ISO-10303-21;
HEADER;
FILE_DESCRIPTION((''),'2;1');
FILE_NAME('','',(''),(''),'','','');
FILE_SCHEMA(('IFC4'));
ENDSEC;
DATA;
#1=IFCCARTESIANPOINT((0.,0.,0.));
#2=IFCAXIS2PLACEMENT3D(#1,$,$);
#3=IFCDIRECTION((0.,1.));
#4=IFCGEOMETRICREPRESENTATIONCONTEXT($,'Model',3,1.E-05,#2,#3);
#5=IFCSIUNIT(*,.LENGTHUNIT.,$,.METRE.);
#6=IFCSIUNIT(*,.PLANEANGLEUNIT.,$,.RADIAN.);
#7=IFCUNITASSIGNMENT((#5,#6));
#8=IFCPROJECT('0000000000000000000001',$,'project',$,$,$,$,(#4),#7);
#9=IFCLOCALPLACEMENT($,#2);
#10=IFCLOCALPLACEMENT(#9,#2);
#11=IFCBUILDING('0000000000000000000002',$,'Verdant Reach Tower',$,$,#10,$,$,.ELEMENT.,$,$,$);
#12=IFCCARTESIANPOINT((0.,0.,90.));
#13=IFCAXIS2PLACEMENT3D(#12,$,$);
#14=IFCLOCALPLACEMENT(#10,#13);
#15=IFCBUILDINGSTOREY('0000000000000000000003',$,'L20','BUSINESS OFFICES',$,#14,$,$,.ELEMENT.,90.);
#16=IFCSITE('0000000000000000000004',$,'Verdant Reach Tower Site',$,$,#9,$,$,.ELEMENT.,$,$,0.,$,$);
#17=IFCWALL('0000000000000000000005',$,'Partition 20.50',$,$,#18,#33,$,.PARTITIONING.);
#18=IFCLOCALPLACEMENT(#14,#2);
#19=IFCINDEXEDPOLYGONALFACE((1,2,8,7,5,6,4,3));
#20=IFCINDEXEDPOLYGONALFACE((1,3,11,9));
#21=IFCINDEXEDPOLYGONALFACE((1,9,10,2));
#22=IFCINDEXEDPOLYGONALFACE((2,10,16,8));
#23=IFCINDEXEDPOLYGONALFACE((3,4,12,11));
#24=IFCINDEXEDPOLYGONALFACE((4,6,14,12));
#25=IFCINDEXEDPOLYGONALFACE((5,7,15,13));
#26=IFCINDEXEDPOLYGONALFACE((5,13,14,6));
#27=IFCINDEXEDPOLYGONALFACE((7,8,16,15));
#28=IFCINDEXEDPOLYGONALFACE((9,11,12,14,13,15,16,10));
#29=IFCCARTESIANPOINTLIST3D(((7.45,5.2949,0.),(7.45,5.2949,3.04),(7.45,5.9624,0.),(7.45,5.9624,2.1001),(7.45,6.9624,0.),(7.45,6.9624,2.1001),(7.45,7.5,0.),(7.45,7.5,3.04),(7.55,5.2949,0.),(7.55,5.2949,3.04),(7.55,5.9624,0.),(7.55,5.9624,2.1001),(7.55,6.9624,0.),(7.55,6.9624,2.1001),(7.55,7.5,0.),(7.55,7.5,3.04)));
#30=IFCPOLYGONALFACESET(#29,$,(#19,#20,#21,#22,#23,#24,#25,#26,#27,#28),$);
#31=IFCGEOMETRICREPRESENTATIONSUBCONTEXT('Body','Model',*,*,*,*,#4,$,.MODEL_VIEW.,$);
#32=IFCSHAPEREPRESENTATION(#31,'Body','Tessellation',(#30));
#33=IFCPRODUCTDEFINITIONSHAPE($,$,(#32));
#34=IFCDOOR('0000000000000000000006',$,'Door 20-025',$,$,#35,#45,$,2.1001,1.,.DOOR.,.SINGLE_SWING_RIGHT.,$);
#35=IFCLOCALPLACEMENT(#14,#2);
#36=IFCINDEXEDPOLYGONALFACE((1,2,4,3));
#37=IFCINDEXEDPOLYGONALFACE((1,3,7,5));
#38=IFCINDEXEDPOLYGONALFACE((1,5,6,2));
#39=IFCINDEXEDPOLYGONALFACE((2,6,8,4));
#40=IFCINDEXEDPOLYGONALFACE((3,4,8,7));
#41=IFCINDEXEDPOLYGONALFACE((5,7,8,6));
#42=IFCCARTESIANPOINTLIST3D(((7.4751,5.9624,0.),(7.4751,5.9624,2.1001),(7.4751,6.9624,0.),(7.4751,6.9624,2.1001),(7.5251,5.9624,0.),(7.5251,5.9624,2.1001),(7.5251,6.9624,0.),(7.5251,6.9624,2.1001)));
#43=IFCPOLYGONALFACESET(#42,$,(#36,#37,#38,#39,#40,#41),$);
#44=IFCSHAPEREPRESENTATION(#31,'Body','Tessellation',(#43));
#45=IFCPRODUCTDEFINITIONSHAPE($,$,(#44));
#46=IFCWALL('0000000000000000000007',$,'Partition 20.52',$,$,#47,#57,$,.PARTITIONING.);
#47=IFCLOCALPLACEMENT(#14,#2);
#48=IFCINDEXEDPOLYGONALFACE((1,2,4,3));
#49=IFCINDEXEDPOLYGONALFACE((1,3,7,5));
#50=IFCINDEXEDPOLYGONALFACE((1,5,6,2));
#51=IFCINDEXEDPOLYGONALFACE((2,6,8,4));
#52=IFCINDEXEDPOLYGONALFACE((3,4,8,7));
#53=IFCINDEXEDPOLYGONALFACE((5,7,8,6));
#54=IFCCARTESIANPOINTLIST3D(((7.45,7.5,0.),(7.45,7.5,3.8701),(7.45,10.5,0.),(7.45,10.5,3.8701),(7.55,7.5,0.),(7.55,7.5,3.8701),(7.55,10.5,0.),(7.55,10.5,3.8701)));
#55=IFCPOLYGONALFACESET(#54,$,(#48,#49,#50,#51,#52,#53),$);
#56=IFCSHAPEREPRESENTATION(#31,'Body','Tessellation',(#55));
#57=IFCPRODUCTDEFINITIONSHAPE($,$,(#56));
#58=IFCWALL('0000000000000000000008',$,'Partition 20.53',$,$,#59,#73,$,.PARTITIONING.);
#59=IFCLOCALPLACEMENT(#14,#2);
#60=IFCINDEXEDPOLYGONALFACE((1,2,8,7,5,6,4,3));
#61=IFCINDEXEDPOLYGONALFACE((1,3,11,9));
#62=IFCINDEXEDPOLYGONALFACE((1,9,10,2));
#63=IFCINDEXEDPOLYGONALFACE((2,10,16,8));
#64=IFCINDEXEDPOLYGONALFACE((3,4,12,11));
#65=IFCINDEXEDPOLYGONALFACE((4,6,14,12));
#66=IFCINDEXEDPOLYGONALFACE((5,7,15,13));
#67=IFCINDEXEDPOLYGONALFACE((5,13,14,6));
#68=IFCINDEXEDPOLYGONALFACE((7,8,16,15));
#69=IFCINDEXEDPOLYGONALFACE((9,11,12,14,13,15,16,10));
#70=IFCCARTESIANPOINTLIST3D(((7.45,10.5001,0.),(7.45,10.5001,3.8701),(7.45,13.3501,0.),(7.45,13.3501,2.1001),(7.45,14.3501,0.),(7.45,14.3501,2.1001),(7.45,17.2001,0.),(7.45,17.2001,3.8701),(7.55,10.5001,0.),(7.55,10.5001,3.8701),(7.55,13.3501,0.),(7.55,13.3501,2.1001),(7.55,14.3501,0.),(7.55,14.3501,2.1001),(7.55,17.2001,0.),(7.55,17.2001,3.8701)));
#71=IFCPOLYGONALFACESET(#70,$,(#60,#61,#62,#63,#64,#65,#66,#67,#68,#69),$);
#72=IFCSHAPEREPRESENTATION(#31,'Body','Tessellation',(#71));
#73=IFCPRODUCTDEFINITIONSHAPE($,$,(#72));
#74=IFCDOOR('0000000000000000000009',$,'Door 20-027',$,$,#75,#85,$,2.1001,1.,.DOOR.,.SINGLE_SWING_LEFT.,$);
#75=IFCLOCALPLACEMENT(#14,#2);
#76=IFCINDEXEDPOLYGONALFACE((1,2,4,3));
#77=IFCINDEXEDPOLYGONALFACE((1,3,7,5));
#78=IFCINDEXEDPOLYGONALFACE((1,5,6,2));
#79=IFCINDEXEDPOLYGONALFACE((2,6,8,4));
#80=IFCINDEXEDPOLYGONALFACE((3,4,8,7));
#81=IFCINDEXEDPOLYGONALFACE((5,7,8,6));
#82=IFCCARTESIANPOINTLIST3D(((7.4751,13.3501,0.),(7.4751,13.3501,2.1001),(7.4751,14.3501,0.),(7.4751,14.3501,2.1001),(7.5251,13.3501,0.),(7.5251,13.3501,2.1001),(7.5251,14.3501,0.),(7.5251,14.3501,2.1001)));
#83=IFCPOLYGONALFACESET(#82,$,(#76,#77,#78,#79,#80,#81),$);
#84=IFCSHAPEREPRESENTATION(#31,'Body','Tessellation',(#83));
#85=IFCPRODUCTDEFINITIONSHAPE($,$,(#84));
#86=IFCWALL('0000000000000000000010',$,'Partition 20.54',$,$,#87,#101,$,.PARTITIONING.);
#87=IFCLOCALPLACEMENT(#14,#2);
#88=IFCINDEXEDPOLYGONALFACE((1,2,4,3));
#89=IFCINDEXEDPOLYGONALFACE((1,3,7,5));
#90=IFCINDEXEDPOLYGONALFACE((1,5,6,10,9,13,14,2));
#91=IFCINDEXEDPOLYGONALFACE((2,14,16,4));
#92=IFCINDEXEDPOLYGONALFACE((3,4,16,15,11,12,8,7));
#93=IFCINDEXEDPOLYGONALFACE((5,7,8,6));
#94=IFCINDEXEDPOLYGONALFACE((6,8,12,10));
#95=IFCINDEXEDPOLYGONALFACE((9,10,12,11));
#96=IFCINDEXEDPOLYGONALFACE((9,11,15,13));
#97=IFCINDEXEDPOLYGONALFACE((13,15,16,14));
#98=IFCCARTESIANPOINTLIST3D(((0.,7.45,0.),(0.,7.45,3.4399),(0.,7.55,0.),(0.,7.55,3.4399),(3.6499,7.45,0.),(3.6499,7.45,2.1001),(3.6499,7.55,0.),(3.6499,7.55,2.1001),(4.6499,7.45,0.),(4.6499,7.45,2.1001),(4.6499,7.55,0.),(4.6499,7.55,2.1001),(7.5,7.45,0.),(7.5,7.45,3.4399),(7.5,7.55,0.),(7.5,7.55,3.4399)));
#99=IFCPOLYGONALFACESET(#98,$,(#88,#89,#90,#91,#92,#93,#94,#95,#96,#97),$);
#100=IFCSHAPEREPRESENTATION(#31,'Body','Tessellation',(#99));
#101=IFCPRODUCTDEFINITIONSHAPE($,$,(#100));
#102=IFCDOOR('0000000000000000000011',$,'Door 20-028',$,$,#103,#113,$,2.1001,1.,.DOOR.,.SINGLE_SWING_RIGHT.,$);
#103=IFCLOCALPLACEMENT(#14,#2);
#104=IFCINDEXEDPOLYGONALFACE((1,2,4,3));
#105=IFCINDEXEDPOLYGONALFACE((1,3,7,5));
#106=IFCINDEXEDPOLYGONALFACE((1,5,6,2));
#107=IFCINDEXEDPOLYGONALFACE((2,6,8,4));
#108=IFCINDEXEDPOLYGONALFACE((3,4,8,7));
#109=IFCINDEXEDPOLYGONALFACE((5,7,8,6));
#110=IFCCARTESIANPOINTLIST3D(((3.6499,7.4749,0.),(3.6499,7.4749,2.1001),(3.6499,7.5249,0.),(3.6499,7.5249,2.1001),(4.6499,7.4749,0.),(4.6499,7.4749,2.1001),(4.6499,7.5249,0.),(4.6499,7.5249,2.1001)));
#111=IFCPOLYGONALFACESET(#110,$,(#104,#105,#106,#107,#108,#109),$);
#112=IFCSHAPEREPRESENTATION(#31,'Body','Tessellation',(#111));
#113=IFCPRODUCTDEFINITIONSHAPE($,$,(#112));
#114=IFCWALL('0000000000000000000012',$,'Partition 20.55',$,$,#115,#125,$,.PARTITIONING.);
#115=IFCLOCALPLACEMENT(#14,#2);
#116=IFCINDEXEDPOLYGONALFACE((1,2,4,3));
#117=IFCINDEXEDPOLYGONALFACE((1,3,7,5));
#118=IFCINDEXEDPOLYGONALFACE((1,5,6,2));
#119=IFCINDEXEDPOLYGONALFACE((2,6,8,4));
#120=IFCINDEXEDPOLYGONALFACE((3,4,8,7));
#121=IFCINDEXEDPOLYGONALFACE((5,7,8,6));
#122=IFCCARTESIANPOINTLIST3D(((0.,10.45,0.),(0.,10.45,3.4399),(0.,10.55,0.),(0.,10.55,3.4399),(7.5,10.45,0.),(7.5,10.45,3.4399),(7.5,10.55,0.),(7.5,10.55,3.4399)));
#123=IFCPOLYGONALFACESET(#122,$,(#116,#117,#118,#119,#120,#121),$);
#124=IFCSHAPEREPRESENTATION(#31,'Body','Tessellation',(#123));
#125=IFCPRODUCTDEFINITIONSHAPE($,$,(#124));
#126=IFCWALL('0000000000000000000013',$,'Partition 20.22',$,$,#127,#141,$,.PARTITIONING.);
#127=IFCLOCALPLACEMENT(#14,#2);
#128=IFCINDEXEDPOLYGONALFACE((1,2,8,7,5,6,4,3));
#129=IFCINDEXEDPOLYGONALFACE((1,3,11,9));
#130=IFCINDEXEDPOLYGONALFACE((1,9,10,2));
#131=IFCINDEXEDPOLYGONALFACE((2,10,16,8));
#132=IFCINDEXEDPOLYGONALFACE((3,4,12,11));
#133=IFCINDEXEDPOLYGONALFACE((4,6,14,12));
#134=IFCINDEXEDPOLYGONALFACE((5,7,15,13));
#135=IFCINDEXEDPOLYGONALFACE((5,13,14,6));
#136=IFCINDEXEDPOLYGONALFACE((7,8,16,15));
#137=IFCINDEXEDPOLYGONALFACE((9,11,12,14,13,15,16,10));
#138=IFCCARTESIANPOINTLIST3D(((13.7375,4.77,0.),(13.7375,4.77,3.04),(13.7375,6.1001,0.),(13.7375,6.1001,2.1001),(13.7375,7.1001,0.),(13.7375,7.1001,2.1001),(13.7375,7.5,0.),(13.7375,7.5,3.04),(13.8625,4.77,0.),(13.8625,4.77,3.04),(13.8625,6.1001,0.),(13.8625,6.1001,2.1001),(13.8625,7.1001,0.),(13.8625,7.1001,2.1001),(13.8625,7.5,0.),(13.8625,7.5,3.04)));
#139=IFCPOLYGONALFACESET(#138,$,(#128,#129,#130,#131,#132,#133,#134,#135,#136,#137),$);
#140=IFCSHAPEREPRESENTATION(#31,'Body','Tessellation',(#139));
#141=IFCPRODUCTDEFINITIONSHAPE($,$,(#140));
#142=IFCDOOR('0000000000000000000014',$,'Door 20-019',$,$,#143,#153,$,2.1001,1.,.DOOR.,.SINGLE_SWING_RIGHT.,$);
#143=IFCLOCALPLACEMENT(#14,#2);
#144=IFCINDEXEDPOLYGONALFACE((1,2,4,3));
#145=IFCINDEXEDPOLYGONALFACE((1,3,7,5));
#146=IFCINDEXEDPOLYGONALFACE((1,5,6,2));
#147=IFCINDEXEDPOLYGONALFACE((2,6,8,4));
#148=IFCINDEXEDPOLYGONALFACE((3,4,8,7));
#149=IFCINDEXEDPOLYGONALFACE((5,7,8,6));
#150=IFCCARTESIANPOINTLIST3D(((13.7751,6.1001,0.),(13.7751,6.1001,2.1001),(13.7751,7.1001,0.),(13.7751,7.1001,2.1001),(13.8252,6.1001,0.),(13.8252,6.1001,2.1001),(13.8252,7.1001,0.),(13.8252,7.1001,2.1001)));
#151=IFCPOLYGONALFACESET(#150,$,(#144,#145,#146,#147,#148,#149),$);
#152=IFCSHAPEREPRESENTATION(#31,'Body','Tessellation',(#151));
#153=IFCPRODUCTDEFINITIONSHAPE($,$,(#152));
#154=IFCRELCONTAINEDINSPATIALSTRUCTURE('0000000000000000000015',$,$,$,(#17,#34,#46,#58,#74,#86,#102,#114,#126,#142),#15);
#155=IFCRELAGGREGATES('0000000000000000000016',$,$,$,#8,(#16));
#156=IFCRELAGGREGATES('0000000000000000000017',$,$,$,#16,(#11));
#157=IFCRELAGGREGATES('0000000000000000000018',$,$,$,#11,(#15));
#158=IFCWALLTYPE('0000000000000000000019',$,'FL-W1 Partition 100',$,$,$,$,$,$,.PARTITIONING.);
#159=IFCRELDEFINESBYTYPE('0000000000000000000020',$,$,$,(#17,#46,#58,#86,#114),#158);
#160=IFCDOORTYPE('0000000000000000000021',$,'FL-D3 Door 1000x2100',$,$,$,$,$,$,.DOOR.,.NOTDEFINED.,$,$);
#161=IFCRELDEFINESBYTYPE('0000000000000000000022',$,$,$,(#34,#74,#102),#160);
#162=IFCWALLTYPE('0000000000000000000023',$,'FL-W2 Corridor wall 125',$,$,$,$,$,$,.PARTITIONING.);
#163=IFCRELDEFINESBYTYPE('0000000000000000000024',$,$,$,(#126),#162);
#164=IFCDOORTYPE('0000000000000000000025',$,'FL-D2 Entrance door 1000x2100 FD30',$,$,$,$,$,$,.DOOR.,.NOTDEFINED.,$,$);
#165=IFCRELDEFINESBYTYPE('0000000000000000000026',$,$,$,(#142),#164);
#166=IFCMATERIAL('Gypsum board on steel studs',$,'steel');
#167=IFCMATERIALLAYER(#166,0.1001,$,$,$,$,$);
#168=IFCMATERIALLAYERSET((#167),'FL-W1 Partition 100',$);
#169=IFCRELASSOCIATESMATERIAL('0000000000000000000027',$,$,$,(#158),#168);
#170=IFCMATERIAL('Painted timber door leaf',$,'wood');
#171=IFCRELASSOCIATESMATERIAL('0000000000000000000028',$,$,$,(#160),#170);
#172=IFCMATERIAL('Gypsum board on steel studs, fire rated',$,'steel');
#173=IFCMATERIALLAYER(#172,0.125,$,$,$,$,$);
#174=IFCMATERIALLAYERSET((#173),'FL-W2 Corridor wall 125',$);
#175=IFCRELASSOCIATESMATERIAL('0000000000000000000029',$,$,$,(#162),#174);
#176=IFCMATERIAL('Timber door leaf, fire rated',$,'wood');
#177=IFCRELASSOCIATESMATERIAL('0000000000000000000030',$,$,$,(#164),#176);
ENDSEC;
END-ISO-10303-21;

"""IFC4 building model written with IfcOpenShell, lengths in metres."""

from ifc_helpers import new_model, si_unit, direction, frame, frame_2d, origin, place, context, subcontext, project, spatial, rectangle, extrude, material, layer, layer_set, type_object, element, fill, save


model = new_model("IFC4")

# Units and contexts
model_context = context("Model", 3, precision=1e-05, world=origin(), true_north=direction((0.0, 1.0)))
body_context = subcontext(model_context, "Body", "Model", "MODEL_VIEW")
ifc_project = project(units=[si_unit("LENGTHUNIT", "METRE"), si_unit("PLANEANGLEUNIT", "RADIAN")], contexts=[model_context])

# Site, building, storey
site_placement = place(None, origin())
site = spatial("IfcSite", under=ifc_project, at=site_placement, Name="Verdant Reach Tower Site", CompositionType="ELEMENT", RefElevation=0.0)
building_placement = place(site_placement, origin())
building = spatial("IfcBuilding", under=site, at=building_placement, Name="Verdant Reach Tower", CompositionType="ELEMENT")
storey_placement = place(building_placement, frame((0.0, 0.0, 90.0)))
storey = spatial("IfcBuildingStorey", under=building, at=storey_placement, Name="L20", Description="BUSINESS OFFICES", CompositionType="ELEMENT", Elevation=90.0)

# Shared definitions
ifc_material_1 = material(Name="Gypsum board on steel studs", Category="steel")
ifc_layer_1 = layer(ifc_material_1, 0.1001)
ifc_layer_set_1 = layer_set([ifc_layer_1], Name="FL-W1 Partition 100")
wall_type_1 = type_object("IfcWallType", Name="FL-W1 Partition 100", PredefinedType="PARTITIONING", material=ifc_layer_set_1)

# Wall, opening, door
wall_1_placement = place(storey_placement, frame((7.5, 5.2949, 0.0), z_axis=(0.0, 0.0, 1.0), x_axis=(0.0, 1.0, 0.0)))
wall_1 = element("IfcWall", 1, at=wall_1_placement, inside=storey, type_object=wall_type_1, Name="Partition 20.50", PredefinedType="PARTITIONING", context=body_context, shape_type="SweptSolid", body=[
    extrude(rectangle(XDim=2.2051, YDim=0.1001, at=frame_2d((1.1025, 0.0))), origin(), (0.0, 0.0, 1.0), 3.04),
])
opening_1_placement = place(wall_1_placement, frame((0.6675, 0.0, 0.0)))
opening_1 = element("IfcOpeningElement", 2, at=opening_1_placement, cuts=wall_1, PredefinedType="OPENING", context=body_context, shape_type="SweptSolid", body=[
    extrude(rectangle(XDim=1.0, YDim=2.1001, at=frame_2d((0.5, 1.05))), frame((0.0, 0.0601, 0.0), z_axis=(0.0, -1.0, 0.0), x_axis=(1.0, 0.0, 0.0)), (0.0, 0.0, 1.0), 0.1201),
])
ifc_material_2 = material(Name="Painted timber door leaf", Category="wood")
door_type_1 = type_object("IfcDoorType", Name="FL-D3 Door 1000x2100", OperationType="NOTDEFINED", PredefinedType="DOOR", material=ifc_material_2)
door_1_placement = place(opening_1_placement, origin())
door_1 = element("IfcDoor", 3, at=door_1_placement, inside=storey, type_object=door_type_1, Name="Door 20-025", OperationType="SINGLE_SWING_RIGHT", OverallHeight=2.1001, OverallWidth=1.0, PredefinedType="DOOR", context=body_context, shape_type="SweptSolid", body=[
    extrude(rectangle(XDim=1.0, YDim=2.1001, at=frame_2d((0.5, 1.05))), frame((0.0, 0.0249, 0.0), z_axis=(0.0, -1.0, 0.0), x_axis=(1.0, 0.0, 0.0)), (0.0, 0.0, 1.0), 0.05),
])
fill(opening_1, door_1)

# Wall
wall_2_placement = place(storey_placement, frame((7.5, 10.5, 0.0), z_axis=(0.0, 0.0, 1.0), x_axis=(0.0, -1.0, 0.0)))
element("IfcWall", 4, at=wall_2_placement, inside=storey, type_object=wall_type_1, Name="Partition 20.52", PredefinedType="PARTITIONING", context=body_context, shape_type="SweptSolid", body=[
    extrude(rectangle(XDim=3.0, YDim=0.1001, at=frame_2d((1.5, 0.0))), origin(), (0.0, 0.0, 1.0), 3.8701),
])

# Walls, openings, doors
wall_3_placement = place(storey_placement, frame((7.5, 10.5, 0.0), z_axis=(0.0, 0.0, 1.0), x_axis=(0.0, 1.0, 0.0)))
wall_3 = element("IfcWall", 5, at=wall_3_placement, inside=storey, type_object=wall_type_1, Name="Partition 20.53", PredefinedType="PARTITIONING", context=body_context, shape_type="SweptSolid", body=[
    extrude(rectangle(XDim=6.7, YDim=0.1001, at=frame_2d((3.3501, 0.0))), origin(), (0.0, 0.0, 1.0), 3.8701),
])
opening_2_placement = place(wall_3_placement, frame((2.8501, 0.0, 0.0)))
opening_2 = element("IfcOpeningElement", 6, at=opening_2_placement, cuts=wall_3, PredefinedType="OPENING", context=body_context, shape_type="SweptSolid", body=[
    extrude(rectangle(XDim=1.0, YDim=2.1001, at=frame_2d((0.5, 1.05))), frame((0.0, 0.0601, 0.0), z_axis=(0.0, -1.0, 0.0), x_axis=(1.0, 0.0, 0.0)), (0.0, 0.0, 1.0), 0.1201),
])
door_2_placement = place(opening_2_placement, origin())
door_2 = element("IfcDoor", 7, at=door_2_placement, inside=storey, type_object=door_type_1, Name="Door 20-027", OperationType="SINGLE_SWING_LEFT", OverallHeight=2.1001, OverallWidth=1.0, PredefinedType="DOOR", context=body_context, shape_type="SweptSolid", body=[
    extrude(rectangle(XDim=1.0, YDim=2.1001, at=frame_2d((0.5, 1.05))), frame((0.0, 0.0249, 0.0), z_axis=(0.0, -1.0, 0.0), x_axis=(1.0, 0.0, 0.0)), (0.0, 0.0, 1.0), 0.05),
])
fill(opening_2, door_2)
wall_4_placement = place(storey_placement, frame((0.0, 7.5, 0.0), z_axis=(0.0, 0.0, 1.0), x_axis=(1.0, 0.0, 0.0)))
wall_4 = element("IfcWall", 8, at=wall_4_placement, inside=storey, type_object=wall_type_1, Name="Partition 20.54", PredefinedType="PARTITIONING", context=body_context, shape_type="SweptSolid", body=[
    extrude(rectangle(XDim=7.5, YDim=0.1001, at=frame_2d((3.75, 0.0))), origin(), (0.0, 0.0, 1.0), 3.4399),
])
opening_3_placement = place(wall_4_placement, frame((3.6499, 0.0, 0.0)))
opening_3 = element("IfcOpeningElement", 9, at=opening_3_placement, cuts=wall_4, PredefinedType="OPENING", context=body_context, shape_type="SweptSolid", body=[
    extrude(rectangle(XDim=1.0, YDim=2.1001, at=frame_2d((0.5, 1.05))), frame((0.0, 0.0601, 0.0), z_axis=(0.0, -1.0, 0.0), x_axis=(1.0, 0.0, 0.0)), (0.0, 0.0, 1.0), 0.1201),
])
door_3_placement = place(opening_3_placement, origin())
door_3 = element("IfcDoor", 10, at=door_3_placement, inside=storey, type_object=door_type_1, Name="Door 20-028", OperationType="SINGLE_SWING_RIGHT", OverallHeight=2.1001, OverallWidth=1.0, PredefinedType="DOOR", context=body_context, shape_type="SweptSolid", body=[
    extrude(rectangle(XDim=1.0, YDim=2.1001, at=frame_2d((0.5, 1.05))), frame((0.0, 0.0249, 0.0), z_axis=(0.0, -1.0, 0.0), x_axis=(1.0, 0.0, 0.0)), (0.0, 0.0, 1.0), 0.05),
])
fill(opening_3, door_3)

# Wall
wall_5_placement = place(storey_placement, frame((7.5, 10.5, 0.0), z_axis=(0.0, 0.0, 1.0), x_axis=(-1.0, 0.0, 0.0)))
element("IfcWall", 11, at=wall_5_placement, inside=storey, type_object=wall_type_1, Name="Partition 20.55", PredefinedType="PARTITIONING", context=body_context, shape_type="SweptSolid", body=[
    extrude(rectangle(XDim=7.5, YDim=0.1001, at=frame_2d((3.75, 0.0))), origin(), (0.0, 0.0, 1.0), 3.4399),
])

# Wall, opening, door
ifc_material_3 = material(Name="Gypsum board on steel studs, fire rated", Category="steel")
ifc_layer_2 = layer(ifc_material_3, 0.125)
ifc_layer_set_2 = layer_set([ifc_layer_2], Name="FL-W2 Corridor wall 125")
wall_type_2 = type_object("IfcWallType", Name="FL-W2 Corridor wall 125", PredefinedType="PARTITIONING", material=ifc_layer_set_2)
wall_6_placement = place(storey_placement, frame((13.8, 4.77, 0.0), z_axis=(0.0, 0.0, 1.0), x_axis=(0.0, 1.0, 0.0)))
wall_6 = element("IfcWall", 12, at=wall_6_placement, inside=storey, type_object=wall_type_2, Name="Partition 20.22", PredefinedType="PARTITIONING", context=body_context, shape_type="SweptSolid", body=[
    extrude(rectangle(XDim=2.73, YDim=0.125, at=frame_2d((1.365, 0.0))), origin(), (0.0, 0.0, 1.0), 3.04),
])
opening_4_placement = place(wall_6_placement, frame((1.3301, 0.0, 0.0)))
opening_4 = element("IfcOpeningElement", 13, at=opening_4_placement, cuts=wall_6, PredefinedType="OPENING", context=body_context, shape_type="SweptSolid", body=[
    extrude(rectangle(XDim=1.0, YDim=2.1001, at=frame_2d((0.5, 1.05))), frame((0.0, 0.0725, 0.0), z_axis=(0.0, -1.0, 0.0), x_axis=(1.0, 0.0, 0.0)), (0.0, 0.0, 1.0), 0.145),
])
ifc_material_4 = material(Name="Timber door leaf, fire rated", Category="wood")
door_type_2 = type_object("IfcDoorType", Name="FL-D2 Entrance door 1000x2100 FD30", OperationType="NOTDEFINED", PredefinedType="DOOR", material=ifc_material_4)
door_4_placement = place(opening_4_placement, origin())
door_4 = element("IfcDoor", 14, at=door_4_placement, inside=storey, type_object=door_type_2, Name="Door 20-019", OperationType="SINGLE_SWING_RIGHT", OverallHeight=2.1001, OverallWidth=1.0, PredefinedType="DOOR", context=body_context, shape_type="SweptSolid", body=[
    extrude(rectangle(XDim=1.0, YDim=2.1001, at=frame_2d((0.5, 1.05))), frame((0.0, 0.0249, 0.0), z_axis=(0.0, -1.0, 0.0), x_axis=(1.0, 0.0, 0.0)), (0.0, 0.0, 1.0), 0.05),
])
fill(opening_4, door_4)

save(model, "model.ifc")
